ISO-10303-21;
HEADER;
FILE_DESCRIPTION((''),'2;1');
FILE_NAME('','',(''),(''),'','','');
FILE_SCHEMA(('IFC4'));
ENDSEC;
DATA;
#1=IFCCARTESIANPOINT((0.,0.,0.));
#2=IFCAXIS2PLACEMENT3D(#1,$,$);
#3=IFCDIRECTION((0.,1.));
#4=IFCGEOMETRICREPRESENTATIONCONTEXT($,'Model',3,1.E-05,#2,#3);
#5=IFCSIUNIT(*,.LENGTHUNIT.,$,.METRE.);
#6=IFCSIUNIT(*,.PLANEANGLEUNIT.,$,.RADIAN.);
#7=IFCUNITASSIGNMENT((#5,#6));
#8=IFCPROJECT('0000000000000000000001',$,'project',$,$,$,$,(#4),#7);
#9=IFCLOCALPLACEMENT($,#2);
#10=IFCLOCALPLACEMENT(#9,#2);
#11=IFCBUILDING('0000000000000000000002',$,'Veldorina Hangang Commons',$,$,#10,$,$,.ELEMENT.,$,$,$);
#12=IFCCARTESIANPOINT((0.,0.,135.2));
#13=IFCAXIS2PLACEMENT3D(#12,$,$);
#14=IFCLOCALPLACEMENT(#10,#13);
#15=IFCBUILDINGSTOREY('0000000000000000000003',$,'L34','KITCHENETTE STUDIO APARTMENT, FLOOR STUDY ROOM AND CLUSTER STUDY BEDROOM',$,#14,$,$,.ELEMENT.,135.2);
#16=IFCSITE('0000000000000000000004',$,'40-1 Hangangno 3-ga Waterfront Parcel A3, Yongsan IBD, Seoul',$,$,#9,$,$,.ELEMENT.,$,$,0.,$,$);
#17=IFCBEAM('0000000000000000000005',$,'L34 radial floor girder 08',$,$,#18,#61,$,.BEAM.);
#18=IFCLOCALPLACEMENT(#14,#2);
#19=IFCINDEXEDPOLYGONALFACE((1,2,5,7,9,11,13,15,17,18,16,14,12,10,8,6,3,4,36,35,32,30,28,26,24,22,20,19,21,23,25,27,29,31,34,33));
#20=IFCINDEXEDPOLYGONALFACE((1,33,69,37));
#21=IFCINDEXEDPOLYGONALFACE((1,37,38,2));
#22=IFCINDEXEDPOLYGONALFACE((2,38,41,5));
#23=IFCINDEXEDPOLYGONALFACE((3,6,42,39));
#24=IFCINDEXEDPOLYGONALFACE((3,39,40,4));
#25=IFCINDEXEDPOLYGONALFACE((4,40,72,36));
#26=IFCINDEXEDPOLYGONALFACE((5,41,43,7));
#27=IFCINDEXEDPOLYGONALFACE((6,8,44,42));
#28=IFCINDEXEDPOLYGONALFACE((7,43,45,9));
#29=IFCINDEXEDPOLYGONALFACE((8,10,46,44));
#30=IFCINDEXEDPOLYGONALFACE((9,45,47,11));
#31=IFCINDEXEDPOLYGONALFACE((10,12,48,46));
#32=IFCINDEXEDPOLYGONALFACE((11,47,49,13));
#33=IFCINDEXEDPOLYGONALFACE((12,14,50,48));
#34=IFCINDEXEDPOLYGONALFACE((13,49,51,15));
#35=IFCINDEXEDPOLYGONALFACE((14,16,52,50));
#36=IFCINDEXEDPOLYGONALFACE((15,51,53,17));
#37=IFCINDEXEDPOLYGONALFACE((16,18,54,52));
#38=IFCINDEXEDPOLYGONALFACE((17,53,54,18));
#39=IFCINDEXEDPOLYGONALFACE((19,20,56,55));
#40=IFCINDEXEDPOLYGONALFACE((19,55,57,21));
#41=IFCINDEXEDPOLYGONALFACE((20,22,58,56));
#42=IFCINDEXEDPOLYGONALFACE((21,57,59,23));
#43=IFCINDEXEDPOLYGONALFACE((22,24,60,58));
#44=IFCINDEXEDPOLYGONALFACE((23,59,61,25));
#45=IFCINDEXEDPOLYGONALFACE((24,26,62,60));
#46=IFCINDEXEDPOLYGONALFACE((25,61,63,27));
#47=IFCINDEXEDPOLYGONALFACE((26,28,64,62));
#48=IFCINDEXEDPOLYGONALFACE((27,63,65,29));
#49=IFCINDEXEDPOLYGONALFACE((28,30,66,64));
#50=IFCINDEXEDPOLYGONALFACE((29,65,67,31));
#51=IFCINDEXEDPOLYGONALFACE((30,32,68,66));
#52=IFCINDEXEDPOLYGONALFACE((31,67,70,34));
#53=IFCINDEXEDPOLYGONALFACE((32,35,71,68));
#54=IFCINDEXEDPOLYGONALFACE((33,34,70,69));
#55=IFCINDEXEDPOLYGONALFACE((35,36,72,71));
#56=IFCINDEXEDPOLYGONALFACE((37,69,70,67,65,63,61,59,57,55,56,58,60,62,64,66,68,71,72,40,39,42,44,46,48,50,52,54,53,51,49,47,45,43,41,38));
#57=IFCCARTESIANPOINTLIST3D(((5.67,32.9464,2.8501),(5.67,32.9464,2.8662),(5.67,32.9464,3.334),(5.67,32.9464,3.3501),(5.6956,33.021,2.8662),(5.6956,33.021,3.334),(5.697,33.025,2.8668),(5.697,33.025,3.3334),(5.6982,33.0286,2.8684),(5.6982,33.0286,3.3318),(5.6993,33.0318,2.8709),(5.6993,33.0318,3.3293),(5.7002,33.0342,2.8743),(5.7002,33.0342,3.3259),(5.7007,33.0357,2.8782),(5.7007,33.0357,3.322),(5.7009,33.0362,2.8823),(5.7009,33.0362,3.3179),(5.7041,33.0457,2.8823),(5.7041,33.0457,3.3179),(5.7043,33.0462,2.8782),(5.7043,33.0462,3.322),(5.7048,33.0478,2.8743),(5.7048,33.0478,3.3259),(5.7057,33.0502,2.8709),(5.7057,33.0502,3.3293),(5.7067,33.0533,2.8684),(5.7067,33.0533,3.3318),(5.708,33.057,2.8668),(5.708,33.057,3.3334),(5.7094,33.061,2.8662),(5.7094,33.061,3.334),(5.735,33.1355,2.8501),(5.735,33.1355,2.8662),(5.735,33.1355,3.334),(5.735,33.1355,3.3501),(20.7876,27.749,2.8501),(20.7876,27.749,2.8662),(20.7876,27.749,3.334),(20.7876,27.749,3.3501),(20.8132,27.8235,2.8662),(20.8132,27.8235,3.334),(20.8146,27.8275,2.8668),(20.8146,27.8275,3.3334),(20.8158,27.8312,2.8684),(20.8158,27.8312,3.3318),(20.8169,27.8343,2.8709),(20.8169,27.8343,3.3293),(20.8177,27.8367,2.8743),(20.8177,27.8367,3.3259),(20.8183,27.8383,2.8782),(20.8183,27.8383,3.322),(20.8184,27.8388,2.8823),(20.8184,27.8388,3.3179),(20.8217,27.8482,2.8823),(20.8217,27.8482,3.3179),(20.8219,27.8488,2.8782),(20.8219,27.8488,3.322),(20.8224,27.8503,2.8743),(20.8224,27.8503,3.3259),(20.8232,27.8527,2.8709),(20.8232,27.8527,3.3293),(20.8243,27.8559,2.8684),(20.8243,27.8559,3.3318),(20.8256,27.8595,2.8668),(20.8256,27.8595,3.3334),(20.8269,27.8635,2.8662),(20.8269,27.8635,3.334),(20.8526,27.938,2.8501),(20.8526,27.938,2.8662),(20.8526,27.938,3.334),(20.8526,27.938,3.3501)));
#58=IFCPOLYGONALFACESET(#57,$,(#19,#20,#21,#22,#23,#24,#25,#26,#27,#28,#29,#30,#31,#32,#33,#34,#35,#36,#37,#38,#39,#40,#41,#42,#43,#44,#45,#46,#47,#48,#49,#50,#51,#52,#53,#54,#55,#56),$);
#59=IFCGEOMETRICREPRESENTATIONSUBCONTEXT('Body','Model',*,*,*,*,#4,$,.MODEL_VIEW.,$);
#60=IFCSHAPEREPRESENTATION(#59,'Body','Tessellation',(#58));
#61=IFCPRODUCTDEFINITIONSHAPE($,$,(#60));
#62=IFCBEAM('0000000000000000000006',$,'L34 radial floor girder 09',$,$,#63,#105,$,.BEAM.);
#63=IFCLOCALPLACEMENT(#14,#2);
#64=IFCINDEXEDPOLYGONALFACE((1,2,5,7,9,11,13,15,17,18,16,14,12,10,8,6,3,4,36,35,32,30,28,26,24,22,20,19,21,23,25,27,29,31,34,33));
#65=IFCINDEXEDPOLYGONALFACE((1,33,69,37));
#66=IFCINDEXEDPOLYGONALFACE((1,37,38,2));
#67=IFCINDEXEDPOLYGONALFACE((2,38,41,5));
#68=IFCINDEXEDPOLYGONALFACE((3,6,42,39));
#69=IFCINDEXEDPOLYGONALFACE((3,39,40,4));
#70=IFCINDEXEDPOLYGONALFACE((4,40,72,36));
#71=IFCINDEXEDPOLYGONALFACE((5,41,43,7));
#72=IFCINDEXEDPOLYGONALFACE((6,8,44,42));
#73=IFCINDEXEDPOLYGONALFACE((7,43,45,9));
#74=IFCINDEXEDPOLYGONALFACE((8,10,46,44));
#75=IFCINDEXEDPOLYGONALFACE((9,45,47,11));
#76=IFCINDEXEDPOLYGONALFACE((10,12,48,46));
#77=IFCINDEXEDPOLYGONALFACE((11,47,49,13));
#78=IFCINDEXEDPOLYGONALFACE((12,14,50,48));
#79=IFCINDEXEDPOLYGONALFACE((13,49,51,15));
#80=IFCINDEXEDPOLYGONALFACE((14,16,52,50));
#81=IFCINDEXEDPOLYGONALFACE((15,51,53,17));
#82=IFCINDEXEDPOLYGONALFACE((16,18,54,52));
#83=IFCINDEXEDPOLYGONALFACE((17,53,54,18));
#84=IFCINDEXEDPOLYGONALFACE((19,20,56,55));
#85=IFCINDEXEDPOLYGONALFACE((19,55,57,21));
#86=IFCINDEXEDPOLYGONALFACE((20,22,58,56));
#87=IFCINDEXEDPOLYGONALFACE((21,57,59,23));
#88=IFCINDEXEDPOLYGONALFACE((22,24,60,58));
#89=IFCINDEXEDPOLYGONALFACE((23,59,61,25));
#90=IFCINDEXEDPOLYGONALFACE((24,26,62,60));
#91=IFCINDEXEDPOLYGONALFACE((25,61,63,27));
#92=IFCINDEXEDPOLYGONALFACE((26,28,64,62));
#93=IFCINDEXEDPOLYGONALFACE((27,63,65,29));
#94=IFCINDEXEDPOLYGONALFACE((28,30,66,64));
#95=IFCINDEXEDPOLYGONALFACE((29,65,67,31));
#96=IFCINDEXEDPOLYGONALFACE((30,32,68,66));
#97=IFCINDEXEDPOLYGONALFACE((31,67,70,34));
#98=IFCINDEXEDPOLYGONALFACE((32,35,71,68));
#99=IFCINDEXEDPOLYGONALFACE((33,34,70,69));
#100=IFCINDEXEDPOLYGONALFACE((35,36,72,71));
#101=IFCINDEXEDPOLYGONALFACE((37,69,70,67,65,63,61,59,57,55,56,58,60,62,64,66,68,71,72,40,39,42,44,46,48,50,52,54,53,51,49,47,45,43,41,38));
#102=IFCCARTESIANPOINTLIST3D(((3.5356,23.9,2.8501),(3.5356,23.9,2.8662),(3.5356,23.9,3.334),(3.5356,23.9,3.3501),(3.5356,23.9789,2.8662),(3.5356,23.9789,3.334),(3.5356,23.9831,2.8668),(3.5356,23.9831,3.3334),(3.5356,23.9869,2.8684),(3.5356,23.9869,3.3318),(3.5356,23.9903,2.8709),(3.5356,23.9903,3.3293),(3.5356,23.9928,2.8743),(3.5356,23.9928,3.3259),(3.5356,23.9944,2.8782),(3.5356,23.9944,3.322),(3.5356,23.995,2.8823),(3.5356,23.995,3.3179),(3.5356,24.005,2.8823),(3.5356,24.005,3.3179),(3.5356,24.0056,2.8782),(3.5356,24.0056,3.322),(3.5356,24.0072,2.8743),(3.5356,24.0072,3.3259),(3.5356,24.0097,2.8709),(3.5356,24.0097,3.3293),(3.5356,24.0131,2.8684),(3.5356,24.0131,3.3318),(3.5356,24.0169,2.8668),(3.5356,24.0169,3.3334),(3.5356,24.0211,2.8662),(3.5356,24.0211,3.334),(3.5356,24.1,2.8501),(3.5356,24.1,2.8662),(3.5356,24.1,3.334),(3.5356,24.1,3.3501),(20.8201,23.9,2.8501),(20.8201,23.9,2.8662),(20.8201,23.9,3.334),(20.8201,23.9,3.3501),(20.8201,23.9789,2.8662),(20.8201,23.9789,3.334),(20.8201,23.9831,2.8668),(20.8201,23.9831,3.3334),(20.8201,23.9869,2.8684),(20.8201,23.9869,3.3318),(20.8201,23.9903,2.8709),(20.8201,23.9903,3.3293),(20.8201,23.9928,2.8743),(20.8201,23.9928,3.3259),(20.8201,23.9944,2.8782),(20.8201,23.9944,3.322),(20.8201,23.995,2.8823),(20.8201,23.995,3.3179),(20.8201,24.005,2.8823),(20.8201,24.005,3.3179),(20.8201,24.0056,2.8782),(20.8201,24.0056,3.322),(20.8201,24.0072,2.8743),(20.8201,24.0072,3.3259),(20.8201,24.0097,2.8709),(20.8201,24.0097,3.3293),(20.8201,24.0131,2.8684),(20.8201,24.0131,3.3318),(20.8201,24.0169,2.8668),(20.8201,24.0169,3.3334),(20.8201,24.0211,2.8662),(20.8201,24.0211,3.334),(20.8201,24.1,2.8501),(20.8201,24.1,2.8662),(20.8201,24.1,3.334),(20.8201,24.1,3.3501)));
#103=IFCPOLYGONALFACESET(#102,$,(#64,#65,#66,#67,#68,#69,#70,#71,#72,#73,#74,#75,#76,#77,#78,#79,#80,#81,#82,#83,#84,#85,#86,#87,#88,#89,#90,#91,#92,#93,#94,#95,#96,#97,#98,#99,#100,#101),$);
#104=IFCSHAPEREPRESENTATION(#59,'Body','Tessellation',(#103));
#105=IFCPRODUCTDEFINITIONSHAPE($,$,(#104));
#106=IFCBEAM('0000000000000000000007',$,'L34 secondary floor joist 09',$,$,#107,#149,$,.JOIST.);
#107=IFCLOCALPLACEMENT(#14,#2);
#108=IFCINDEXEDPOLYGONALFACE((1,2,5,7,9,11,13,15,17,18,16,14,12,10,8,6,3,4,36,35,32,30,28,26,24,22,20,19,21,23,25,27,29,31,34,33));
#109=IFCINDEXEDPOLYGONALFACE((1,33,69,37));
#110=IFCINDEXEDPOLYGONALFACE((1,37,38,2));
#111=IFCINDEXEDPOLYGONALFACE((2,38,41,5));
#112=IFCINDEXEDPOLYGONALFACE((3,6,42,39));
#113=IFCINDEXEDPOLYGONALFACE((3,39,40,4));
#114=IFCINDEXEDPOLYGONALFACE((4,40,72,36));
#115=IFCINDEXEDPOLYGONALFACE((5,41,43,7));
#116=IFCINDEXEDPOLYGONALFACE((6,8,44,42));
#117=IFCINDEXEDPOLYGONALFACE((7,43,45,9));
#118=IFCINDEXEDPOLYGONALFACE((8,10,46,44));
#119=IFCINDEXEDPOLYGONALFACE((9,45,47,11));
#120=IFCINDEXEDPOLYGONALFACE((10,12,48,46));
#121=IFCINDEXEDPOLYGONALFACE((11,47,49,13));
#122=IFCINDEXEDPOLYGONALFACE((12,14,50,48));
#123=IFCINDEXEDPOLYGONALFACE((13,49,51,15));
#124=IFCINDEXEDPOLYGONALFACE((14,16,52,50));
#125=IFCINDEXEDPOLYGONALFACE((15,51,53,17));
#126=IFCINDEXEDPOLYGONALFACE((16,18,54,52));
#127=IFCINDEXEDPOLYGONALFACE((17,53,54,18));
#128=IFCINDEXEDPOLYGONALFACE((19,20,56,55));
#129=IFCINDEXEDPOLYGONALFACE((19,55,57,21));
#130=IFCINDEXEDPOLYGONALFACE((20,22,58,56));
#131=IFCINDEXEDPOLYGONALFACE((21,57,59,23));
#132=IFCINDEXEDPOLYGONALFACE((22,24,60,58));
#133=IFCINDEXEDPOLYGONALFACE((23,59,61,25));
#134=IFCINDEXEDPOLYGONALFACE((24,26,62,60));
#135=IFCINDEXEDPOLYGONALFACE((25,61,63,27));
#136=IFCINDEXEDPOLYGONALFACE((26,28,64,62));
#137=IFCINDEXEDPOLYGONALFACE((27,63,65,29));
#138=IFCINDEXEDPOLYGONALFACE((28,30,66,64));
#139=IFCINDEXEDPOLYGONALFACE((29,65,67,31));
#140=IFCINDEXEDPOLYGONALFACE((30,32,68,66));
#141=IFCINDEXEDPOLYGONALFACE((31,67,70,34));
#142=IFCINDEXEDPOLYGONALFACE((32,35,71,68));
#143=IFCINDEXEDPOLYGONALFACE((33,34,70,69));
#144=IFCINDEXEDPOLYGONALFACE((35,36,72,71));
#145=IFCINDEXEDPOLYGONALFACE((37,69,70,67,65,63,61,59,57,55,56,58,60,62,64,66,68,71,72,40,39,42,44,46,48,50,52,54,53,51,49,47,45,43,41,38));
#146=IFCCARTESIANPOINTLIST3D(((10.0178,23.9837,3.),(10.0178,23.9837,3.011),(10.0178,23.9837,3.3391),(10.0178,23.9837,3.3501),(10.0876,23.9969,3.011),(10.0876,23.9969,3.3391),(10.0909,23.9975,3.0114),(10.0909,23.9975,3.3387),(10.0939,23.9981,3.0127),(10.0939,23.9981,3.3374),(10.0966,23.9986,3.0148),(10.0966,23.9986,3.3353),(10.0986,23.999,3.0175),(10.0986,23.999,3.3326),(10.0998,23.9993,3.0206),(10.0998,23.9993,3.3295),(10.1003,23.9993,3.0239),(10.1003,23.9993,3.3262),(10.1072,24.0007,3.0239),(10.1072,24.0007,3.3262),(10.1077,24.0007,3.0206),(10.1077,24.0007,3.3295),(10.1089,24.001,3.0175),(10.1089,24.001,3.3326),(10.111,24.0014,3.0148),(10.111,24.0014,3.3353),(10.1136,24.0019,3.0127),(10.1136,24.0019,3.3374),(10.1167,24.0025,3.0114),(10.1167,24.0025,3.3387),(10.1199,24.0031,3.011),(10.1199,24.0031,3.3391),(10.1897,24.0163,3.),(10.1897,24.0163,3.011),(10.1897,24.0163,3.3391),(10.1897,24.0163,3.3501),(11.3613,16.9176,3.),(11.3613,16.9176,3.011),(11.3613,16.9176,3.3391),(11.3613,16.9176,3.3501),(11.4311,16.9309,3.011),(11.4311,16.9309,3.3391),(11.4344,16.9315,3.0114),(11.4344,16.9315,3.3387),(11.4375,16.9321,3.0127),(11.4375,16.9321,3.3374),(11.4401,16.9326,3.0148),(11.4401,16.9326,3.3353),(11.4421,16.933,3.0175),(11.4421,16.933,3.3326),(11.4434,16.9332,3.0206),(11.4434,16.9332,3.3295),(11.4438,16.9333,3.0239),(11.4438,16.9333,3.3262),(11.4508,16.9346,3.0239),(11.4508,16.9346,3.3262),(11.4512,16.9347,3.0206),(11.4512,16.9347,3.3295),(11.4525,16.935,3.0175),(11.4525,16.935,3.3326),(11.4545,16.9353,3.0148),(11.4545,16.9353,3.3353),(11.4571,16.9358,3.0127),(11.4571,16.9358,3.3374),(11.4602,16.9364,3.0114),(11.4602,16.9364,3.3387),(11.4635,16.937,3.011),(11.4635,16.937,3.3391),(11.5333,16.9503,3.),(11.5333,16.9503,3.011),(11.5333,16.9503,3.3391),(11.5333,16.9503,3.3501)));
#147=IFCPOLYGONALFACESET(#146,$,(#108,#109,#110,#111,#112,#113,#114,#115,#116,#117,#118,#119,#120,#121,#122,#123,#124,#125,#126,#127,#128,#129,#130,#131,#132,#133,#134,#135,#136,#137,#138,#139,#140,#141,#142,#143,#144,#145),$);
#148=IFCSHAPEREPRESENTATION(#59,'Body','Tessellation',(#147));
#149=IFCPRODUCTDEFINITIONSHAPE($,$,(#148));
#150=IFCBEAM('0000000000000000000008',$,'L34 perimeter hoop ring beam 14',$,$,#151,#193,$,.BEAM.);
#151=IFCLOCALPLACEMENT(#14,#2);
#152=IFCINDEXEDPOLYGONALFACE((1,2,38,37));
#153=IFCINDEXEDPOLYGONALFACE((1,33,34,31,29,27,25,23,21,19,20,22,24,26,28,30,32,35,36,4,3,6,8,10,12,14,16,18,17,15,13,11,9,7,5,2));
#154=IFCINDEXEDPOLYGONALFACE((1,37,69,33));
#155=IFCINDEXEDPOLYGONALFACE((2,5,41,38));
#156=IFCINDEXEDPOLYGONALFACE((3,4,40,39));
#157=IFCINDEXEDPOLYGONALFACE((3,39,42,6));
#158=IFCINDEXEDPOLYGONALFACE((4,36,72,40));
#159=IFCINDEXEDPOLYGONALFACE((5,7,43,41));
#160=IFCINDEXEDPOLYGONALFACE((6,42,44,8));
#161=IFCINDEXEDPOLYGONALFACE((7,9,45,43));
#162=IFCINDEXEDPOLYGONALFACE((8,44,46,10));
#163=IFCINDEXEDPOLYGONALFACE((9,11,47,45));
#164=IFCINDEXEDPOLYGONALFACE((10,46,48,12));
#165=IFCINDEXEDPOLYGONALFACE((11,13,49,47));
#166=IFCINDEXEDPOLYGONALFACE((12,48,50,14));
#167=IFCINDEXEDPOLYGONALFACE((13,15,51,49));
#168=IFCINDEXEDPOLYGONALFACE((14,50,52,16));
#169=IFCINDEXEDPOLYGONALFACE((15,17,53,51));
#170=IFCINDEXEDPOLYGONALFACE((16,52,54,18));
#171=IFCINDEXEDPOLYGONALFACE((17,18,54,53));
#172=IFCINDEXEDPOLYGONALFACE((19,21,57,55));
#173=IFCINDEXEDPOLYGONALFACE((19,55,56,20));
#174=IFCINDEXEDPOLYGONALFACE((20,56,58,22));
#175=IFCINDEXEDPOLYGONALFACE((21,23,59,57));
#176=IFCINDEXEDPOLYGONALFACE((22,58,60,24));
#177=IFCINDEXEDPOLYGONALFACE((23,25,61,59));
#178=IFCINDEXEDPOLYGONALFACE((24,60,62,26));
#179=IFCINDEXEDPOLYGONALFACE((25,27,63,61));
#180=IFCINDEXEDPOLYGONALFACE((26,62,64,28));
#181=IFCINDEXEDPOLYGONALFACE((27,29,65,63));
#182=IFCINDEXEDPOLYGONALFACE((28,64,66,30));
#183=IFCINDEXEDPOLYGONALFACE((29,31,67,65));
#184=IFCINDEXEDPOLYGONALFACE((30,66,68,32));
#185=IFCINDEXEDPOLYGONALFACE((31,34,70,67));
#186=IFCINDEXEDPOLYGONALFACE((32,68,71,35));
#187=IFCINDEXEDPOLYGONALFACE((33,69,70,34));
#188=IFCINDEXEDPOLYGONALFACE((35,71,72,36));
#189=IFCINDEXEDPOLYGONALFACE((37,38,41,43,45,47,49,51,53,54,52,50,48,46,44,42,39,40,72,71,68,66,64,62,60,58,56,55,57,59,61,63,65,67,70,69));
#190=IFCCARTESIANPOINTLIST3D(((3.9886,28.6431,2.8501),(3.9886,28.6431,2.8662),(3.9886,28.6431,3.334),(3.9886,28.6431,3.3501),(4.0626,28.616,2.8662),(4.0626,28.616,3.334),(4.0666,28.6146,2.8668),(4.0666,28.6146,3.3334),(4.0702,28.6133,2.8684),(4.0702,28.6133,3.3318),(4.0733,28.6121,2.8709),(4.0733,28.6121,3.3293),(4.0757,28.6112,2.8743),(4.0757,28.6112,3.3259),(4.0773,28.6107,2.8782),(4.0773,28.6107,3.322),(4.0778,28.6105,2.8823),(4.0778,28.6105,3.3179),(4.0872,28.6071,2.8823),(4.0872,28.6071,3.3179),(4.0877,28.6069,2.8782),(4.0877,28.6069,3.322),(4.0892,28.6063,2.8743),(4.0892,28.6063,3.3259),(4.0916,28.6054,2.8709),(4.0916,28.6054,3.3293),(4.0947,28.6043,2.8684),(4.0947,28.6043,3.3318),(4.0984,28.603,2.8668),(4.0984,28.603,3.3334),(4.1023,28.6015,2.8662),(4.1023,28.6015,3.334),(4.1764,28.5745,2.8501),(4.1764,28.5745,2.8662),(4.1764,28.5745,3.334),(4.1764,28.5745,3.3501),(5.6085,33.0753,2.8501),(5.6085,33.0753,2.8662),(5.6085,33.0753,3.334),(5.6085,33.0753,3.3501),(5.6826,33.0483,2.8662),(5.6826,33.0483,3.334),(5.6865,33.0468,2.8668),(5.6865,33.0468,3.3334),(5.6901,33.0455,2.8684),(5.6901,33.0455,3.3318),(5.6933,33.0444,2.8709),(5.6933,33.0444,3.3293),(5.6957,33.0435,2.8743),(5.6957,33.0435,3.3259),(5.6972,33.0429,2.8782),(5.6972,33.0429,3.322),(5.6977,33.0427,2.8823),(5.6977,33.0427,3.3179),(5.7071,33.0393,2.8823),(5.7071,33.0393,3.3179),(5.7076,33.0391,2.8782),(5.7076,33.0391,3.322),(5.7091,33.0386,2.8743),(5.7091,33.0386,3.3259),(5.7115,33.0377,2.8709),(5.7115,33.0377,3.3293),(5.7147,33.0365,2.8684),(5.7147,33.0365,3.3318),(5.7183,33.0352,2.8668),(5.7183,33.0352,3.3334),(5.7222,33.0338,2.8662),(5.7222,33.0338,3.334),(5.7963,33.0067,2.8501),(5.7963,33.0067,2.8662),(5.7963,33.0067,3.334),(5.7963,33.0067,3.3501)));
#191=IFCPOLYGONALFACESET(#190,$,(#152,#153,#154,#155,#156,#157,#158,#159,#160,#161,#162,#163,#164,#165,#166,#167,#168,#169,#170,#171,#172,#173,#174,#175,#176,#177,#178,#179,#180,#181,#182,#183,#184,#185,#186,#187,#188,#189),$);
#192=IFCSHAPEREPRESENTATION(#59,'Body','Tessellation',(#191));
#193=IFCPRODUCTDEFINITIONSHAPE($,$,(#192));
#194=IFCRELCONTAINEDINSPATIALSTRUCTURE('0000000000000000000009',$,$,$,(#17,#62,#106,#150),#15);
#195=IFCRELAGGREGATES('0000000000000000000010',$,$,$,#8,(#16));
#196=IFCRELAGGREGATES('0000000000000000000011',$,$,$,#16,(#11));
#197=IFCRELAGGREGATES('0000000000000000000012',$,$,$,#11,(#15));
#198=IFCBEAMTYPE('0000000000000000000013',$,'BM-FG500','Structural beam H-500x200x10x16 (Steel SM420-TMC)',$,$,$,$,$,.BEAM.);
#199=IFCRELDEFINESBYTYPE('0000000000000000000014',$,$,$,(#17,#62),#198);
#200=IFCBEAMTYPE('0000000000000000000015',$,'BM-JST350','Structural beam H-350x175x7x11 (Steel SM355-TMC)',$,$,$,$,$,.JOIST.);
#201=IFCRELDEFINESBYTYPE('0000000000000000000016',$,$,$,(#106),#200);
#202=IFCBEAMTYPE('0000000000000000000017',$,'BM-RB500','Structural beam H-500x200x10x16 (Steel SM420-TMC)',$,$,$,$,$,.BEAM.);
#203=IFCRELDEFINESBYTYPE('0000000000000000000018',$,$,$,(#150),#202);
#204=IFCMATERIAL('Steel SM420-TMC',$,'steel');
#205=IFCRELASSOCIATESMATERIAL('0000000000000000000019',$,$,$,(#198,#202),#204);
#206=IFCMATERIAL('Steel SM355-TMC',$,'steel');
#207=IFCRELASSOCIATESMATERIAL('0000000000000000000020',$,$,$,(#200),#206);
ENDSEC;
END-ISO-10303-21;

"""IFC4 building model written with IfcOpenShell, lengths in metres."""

from ifc_helpers import new_model, si_unit, direction, frame, origin, origin_2d, place, context, subcontext, project, spatial, i_section, extrude, material, material_profile, profile_set, type_object, element, save


model = new_model("IFC4")

# Units and contexts
model_context = context("Model", 3, precision=1e-05, world=origin(), true_north=direction((0.0, 1.0)))
body_context = subcontext(model_context, "Body", "Model", "MODEL_VIEW")
ifc_project = project(units=[si_unit("LENGTHUNIT", "METRE"), si_unit("PLANEANGLEUNIT", "RADIAN")], contexts=[model_context])

# Site, building, storey
site_placement = place(None, origin())
site = spatial("IfcSite", under=ifc_project, at=site_placement, Name="40-1 Hangangno 3-ga Waterfront Parcel A3, Yongsan IBD, Seoul", CompositionType="ELEMENT", RefElevation=0.0)
building_placement = place(site_placement, origin())
building = spatial("IfcBuilding", under=site, at=building_placement, Name="Veldorina Hangang Commons", CompositionType="ELEMENT")
storey_placement = place(building_placement, frame((0.0, 0.0, 135.2)))
storey = spatial("IfcBuildingStorey", under=building, at=storey_placement, Name="L34", Description="KITCHENETTE STUDIO APARTMENT, FLOOR STUDY ROOM AND CLUSTER STUDY BEDROOM", CompositionType="ELEMENT", Elevation=135.2)

# Beams
ifc_material_1 = material(Name="Steel SM420-TMC", Category="steel")
ifc_material_profile_1 = material_profile(ifc_material_1, i_section(OverallWidth=0.2, OverallDepth=0.5, WebThickness=0.01, FlangeThickness=0.0161, FilletRadius=0.0161, at=origin_2d()), Name="H-500x200x10x16")
ifc_profile_set_1 = profile_set([ifc_material_profile_1], Name="Steel SM420-TMC")
beam_type_1 = type_object("IfcBeamType", Name="BM-FG500", Description="Structural beam H-500x200x10x16 (Steel SM420-TMC)", PredefinedType="BEAM", material=ifc_profile_set_1)
beam_1_placement = place(storey_placement, frame((20.8201, 27.8435, 3.1001), z_axis=(-0.945671, 0.325125, 0.0), x_axis=(-0.325125, -0.945671, 0.0)))
element("IfcBeam", 1, at=beam_1_placement, inside=storey, type_object=beam_type_1, Name="L34 radial floor girder 08", PredefinedType="BEAM", context=body_context, shape_type="SweptSolid", body=[
    extrude(i_section(OverallWidth=0.2, OverallDepth=0.5, WebThickness=0.01, FlangeThickness=0.0161, FilletRadius=0.0161, at=origin_2d()), origin(), (0.0, 0.0, 1.0), 15.9861),
])
beam_2_placement = place(storey_placement, frame((20.8201, 24.0, 3.1001), z_axis=(-1.0, 0.0, 0.0), x_axis=(0.0, -1.0, 0.0)))
element("IfcBeam", 2, at=beam_2_placement, inside=storey, type_object=beam_type_1, Name="L34 radial floor girder 09", PredefinedType="BEAM", context=body_context, shape_type="SweptSolid", body=[
    extrude(i_section(OverallWidth=0.2, OverallDepth=0.5, WebThickness=0.01, FlangeThickness=0.0161, FilletRadius=0.0161, at=origin_2d()), origin(), (0.0, 0.0, 1.0), 17.2844),
])
ifc_material_2 = material(Name="Steel SM355-TMC", Category="steel")
ifc_material_profile_2 = material_profile(ifc_material_2, i_section(OverallWidth=0.175, OverallDepth=0.3501, WebThickness=0.0071, FlangeThickness=0.011, FilletRadius=0.0129, at=origin_2d()), Name="H-350x175x7x11")
ifc_profile_set_2 = profile_set([ifc_material_profile_2], Name="Steel SM355-TMC")
beam_type_2 = type_object("IfcBeamType", Name="BM-JST350", Description="Structural beam H-350x175x7x11 (Steel SM355-TMC)", PredefinedType="JOIST", material=ifc_profile_set_2)
beam_3_placement = place(storey_placement, frame((10.1038, 24.0, 3.175), z_axis=(0.186792, -0.982399, 0.0), x_axis=(0.982399, 0.186792, 0.0)))
element("IfcBeam", 3, at=beam_3_placement, inside=storey, type_object=beam_type_2, Name="L34 secondary floor joist 09", PredefinedType="JOIST", context=body_context, shape_type="SweptSolid", body=[
    extrude(i_section(OverallWidth=0.175, OverallDepth=0.3501, WebThickness=0.0071, FlangeThickness=0.011, FilletRadius=0.0129, at=origin_2d()), origin(), (0.0, 0.0, 1.0), 7.1926),
])
ifc_material_profile_3 = material_profile(ifc_material_1, i_section(OverallWidth=0.2, OverallDepth=0.5, WebThickness=0.01, FlangeThickness=0.0161, FilletRadius=0.0161, at=origin_2d()), Name="H-500x200x10x16")
ifc_profile_set_3 = profile_set([ifc_material_profile_3], Name="Steel SM420-TMC")
beam_type_3 = type_object("IfcBeamType", Name="BM-RB500", Description="Structural beam H-500x200x10x16 (Steel SM420-TMC)", PredefinedType="BEAM", material=ifc_profile_set_3)
beam_4_placement = place(storey_placement, frame((5.7024, 33.041, 3.1001), z_axis=(-0.343275, -0.939235, 0.0), x_axis=(0.939235, -0.343275, 0.0)))
element("IfcBeam", 4, at=beam_4_placement, inside=storey, type_object=beam_type_3, Name="L34 perimeter hoop ring beam 14", PredefinedType="BEAM", context=body_context, shape_type="SweptSolid", body=[
    extrude(i_section(OverallWidth=0.2, OverallDepth=0.5, WebThickness=0.01, FlangeThickness=0.0161, FilletRadius=0.0161, at=origin_2d()), origin(), (0.0, 0.0, 1.0), 4.719),
])

save(model, "model.ifc")
